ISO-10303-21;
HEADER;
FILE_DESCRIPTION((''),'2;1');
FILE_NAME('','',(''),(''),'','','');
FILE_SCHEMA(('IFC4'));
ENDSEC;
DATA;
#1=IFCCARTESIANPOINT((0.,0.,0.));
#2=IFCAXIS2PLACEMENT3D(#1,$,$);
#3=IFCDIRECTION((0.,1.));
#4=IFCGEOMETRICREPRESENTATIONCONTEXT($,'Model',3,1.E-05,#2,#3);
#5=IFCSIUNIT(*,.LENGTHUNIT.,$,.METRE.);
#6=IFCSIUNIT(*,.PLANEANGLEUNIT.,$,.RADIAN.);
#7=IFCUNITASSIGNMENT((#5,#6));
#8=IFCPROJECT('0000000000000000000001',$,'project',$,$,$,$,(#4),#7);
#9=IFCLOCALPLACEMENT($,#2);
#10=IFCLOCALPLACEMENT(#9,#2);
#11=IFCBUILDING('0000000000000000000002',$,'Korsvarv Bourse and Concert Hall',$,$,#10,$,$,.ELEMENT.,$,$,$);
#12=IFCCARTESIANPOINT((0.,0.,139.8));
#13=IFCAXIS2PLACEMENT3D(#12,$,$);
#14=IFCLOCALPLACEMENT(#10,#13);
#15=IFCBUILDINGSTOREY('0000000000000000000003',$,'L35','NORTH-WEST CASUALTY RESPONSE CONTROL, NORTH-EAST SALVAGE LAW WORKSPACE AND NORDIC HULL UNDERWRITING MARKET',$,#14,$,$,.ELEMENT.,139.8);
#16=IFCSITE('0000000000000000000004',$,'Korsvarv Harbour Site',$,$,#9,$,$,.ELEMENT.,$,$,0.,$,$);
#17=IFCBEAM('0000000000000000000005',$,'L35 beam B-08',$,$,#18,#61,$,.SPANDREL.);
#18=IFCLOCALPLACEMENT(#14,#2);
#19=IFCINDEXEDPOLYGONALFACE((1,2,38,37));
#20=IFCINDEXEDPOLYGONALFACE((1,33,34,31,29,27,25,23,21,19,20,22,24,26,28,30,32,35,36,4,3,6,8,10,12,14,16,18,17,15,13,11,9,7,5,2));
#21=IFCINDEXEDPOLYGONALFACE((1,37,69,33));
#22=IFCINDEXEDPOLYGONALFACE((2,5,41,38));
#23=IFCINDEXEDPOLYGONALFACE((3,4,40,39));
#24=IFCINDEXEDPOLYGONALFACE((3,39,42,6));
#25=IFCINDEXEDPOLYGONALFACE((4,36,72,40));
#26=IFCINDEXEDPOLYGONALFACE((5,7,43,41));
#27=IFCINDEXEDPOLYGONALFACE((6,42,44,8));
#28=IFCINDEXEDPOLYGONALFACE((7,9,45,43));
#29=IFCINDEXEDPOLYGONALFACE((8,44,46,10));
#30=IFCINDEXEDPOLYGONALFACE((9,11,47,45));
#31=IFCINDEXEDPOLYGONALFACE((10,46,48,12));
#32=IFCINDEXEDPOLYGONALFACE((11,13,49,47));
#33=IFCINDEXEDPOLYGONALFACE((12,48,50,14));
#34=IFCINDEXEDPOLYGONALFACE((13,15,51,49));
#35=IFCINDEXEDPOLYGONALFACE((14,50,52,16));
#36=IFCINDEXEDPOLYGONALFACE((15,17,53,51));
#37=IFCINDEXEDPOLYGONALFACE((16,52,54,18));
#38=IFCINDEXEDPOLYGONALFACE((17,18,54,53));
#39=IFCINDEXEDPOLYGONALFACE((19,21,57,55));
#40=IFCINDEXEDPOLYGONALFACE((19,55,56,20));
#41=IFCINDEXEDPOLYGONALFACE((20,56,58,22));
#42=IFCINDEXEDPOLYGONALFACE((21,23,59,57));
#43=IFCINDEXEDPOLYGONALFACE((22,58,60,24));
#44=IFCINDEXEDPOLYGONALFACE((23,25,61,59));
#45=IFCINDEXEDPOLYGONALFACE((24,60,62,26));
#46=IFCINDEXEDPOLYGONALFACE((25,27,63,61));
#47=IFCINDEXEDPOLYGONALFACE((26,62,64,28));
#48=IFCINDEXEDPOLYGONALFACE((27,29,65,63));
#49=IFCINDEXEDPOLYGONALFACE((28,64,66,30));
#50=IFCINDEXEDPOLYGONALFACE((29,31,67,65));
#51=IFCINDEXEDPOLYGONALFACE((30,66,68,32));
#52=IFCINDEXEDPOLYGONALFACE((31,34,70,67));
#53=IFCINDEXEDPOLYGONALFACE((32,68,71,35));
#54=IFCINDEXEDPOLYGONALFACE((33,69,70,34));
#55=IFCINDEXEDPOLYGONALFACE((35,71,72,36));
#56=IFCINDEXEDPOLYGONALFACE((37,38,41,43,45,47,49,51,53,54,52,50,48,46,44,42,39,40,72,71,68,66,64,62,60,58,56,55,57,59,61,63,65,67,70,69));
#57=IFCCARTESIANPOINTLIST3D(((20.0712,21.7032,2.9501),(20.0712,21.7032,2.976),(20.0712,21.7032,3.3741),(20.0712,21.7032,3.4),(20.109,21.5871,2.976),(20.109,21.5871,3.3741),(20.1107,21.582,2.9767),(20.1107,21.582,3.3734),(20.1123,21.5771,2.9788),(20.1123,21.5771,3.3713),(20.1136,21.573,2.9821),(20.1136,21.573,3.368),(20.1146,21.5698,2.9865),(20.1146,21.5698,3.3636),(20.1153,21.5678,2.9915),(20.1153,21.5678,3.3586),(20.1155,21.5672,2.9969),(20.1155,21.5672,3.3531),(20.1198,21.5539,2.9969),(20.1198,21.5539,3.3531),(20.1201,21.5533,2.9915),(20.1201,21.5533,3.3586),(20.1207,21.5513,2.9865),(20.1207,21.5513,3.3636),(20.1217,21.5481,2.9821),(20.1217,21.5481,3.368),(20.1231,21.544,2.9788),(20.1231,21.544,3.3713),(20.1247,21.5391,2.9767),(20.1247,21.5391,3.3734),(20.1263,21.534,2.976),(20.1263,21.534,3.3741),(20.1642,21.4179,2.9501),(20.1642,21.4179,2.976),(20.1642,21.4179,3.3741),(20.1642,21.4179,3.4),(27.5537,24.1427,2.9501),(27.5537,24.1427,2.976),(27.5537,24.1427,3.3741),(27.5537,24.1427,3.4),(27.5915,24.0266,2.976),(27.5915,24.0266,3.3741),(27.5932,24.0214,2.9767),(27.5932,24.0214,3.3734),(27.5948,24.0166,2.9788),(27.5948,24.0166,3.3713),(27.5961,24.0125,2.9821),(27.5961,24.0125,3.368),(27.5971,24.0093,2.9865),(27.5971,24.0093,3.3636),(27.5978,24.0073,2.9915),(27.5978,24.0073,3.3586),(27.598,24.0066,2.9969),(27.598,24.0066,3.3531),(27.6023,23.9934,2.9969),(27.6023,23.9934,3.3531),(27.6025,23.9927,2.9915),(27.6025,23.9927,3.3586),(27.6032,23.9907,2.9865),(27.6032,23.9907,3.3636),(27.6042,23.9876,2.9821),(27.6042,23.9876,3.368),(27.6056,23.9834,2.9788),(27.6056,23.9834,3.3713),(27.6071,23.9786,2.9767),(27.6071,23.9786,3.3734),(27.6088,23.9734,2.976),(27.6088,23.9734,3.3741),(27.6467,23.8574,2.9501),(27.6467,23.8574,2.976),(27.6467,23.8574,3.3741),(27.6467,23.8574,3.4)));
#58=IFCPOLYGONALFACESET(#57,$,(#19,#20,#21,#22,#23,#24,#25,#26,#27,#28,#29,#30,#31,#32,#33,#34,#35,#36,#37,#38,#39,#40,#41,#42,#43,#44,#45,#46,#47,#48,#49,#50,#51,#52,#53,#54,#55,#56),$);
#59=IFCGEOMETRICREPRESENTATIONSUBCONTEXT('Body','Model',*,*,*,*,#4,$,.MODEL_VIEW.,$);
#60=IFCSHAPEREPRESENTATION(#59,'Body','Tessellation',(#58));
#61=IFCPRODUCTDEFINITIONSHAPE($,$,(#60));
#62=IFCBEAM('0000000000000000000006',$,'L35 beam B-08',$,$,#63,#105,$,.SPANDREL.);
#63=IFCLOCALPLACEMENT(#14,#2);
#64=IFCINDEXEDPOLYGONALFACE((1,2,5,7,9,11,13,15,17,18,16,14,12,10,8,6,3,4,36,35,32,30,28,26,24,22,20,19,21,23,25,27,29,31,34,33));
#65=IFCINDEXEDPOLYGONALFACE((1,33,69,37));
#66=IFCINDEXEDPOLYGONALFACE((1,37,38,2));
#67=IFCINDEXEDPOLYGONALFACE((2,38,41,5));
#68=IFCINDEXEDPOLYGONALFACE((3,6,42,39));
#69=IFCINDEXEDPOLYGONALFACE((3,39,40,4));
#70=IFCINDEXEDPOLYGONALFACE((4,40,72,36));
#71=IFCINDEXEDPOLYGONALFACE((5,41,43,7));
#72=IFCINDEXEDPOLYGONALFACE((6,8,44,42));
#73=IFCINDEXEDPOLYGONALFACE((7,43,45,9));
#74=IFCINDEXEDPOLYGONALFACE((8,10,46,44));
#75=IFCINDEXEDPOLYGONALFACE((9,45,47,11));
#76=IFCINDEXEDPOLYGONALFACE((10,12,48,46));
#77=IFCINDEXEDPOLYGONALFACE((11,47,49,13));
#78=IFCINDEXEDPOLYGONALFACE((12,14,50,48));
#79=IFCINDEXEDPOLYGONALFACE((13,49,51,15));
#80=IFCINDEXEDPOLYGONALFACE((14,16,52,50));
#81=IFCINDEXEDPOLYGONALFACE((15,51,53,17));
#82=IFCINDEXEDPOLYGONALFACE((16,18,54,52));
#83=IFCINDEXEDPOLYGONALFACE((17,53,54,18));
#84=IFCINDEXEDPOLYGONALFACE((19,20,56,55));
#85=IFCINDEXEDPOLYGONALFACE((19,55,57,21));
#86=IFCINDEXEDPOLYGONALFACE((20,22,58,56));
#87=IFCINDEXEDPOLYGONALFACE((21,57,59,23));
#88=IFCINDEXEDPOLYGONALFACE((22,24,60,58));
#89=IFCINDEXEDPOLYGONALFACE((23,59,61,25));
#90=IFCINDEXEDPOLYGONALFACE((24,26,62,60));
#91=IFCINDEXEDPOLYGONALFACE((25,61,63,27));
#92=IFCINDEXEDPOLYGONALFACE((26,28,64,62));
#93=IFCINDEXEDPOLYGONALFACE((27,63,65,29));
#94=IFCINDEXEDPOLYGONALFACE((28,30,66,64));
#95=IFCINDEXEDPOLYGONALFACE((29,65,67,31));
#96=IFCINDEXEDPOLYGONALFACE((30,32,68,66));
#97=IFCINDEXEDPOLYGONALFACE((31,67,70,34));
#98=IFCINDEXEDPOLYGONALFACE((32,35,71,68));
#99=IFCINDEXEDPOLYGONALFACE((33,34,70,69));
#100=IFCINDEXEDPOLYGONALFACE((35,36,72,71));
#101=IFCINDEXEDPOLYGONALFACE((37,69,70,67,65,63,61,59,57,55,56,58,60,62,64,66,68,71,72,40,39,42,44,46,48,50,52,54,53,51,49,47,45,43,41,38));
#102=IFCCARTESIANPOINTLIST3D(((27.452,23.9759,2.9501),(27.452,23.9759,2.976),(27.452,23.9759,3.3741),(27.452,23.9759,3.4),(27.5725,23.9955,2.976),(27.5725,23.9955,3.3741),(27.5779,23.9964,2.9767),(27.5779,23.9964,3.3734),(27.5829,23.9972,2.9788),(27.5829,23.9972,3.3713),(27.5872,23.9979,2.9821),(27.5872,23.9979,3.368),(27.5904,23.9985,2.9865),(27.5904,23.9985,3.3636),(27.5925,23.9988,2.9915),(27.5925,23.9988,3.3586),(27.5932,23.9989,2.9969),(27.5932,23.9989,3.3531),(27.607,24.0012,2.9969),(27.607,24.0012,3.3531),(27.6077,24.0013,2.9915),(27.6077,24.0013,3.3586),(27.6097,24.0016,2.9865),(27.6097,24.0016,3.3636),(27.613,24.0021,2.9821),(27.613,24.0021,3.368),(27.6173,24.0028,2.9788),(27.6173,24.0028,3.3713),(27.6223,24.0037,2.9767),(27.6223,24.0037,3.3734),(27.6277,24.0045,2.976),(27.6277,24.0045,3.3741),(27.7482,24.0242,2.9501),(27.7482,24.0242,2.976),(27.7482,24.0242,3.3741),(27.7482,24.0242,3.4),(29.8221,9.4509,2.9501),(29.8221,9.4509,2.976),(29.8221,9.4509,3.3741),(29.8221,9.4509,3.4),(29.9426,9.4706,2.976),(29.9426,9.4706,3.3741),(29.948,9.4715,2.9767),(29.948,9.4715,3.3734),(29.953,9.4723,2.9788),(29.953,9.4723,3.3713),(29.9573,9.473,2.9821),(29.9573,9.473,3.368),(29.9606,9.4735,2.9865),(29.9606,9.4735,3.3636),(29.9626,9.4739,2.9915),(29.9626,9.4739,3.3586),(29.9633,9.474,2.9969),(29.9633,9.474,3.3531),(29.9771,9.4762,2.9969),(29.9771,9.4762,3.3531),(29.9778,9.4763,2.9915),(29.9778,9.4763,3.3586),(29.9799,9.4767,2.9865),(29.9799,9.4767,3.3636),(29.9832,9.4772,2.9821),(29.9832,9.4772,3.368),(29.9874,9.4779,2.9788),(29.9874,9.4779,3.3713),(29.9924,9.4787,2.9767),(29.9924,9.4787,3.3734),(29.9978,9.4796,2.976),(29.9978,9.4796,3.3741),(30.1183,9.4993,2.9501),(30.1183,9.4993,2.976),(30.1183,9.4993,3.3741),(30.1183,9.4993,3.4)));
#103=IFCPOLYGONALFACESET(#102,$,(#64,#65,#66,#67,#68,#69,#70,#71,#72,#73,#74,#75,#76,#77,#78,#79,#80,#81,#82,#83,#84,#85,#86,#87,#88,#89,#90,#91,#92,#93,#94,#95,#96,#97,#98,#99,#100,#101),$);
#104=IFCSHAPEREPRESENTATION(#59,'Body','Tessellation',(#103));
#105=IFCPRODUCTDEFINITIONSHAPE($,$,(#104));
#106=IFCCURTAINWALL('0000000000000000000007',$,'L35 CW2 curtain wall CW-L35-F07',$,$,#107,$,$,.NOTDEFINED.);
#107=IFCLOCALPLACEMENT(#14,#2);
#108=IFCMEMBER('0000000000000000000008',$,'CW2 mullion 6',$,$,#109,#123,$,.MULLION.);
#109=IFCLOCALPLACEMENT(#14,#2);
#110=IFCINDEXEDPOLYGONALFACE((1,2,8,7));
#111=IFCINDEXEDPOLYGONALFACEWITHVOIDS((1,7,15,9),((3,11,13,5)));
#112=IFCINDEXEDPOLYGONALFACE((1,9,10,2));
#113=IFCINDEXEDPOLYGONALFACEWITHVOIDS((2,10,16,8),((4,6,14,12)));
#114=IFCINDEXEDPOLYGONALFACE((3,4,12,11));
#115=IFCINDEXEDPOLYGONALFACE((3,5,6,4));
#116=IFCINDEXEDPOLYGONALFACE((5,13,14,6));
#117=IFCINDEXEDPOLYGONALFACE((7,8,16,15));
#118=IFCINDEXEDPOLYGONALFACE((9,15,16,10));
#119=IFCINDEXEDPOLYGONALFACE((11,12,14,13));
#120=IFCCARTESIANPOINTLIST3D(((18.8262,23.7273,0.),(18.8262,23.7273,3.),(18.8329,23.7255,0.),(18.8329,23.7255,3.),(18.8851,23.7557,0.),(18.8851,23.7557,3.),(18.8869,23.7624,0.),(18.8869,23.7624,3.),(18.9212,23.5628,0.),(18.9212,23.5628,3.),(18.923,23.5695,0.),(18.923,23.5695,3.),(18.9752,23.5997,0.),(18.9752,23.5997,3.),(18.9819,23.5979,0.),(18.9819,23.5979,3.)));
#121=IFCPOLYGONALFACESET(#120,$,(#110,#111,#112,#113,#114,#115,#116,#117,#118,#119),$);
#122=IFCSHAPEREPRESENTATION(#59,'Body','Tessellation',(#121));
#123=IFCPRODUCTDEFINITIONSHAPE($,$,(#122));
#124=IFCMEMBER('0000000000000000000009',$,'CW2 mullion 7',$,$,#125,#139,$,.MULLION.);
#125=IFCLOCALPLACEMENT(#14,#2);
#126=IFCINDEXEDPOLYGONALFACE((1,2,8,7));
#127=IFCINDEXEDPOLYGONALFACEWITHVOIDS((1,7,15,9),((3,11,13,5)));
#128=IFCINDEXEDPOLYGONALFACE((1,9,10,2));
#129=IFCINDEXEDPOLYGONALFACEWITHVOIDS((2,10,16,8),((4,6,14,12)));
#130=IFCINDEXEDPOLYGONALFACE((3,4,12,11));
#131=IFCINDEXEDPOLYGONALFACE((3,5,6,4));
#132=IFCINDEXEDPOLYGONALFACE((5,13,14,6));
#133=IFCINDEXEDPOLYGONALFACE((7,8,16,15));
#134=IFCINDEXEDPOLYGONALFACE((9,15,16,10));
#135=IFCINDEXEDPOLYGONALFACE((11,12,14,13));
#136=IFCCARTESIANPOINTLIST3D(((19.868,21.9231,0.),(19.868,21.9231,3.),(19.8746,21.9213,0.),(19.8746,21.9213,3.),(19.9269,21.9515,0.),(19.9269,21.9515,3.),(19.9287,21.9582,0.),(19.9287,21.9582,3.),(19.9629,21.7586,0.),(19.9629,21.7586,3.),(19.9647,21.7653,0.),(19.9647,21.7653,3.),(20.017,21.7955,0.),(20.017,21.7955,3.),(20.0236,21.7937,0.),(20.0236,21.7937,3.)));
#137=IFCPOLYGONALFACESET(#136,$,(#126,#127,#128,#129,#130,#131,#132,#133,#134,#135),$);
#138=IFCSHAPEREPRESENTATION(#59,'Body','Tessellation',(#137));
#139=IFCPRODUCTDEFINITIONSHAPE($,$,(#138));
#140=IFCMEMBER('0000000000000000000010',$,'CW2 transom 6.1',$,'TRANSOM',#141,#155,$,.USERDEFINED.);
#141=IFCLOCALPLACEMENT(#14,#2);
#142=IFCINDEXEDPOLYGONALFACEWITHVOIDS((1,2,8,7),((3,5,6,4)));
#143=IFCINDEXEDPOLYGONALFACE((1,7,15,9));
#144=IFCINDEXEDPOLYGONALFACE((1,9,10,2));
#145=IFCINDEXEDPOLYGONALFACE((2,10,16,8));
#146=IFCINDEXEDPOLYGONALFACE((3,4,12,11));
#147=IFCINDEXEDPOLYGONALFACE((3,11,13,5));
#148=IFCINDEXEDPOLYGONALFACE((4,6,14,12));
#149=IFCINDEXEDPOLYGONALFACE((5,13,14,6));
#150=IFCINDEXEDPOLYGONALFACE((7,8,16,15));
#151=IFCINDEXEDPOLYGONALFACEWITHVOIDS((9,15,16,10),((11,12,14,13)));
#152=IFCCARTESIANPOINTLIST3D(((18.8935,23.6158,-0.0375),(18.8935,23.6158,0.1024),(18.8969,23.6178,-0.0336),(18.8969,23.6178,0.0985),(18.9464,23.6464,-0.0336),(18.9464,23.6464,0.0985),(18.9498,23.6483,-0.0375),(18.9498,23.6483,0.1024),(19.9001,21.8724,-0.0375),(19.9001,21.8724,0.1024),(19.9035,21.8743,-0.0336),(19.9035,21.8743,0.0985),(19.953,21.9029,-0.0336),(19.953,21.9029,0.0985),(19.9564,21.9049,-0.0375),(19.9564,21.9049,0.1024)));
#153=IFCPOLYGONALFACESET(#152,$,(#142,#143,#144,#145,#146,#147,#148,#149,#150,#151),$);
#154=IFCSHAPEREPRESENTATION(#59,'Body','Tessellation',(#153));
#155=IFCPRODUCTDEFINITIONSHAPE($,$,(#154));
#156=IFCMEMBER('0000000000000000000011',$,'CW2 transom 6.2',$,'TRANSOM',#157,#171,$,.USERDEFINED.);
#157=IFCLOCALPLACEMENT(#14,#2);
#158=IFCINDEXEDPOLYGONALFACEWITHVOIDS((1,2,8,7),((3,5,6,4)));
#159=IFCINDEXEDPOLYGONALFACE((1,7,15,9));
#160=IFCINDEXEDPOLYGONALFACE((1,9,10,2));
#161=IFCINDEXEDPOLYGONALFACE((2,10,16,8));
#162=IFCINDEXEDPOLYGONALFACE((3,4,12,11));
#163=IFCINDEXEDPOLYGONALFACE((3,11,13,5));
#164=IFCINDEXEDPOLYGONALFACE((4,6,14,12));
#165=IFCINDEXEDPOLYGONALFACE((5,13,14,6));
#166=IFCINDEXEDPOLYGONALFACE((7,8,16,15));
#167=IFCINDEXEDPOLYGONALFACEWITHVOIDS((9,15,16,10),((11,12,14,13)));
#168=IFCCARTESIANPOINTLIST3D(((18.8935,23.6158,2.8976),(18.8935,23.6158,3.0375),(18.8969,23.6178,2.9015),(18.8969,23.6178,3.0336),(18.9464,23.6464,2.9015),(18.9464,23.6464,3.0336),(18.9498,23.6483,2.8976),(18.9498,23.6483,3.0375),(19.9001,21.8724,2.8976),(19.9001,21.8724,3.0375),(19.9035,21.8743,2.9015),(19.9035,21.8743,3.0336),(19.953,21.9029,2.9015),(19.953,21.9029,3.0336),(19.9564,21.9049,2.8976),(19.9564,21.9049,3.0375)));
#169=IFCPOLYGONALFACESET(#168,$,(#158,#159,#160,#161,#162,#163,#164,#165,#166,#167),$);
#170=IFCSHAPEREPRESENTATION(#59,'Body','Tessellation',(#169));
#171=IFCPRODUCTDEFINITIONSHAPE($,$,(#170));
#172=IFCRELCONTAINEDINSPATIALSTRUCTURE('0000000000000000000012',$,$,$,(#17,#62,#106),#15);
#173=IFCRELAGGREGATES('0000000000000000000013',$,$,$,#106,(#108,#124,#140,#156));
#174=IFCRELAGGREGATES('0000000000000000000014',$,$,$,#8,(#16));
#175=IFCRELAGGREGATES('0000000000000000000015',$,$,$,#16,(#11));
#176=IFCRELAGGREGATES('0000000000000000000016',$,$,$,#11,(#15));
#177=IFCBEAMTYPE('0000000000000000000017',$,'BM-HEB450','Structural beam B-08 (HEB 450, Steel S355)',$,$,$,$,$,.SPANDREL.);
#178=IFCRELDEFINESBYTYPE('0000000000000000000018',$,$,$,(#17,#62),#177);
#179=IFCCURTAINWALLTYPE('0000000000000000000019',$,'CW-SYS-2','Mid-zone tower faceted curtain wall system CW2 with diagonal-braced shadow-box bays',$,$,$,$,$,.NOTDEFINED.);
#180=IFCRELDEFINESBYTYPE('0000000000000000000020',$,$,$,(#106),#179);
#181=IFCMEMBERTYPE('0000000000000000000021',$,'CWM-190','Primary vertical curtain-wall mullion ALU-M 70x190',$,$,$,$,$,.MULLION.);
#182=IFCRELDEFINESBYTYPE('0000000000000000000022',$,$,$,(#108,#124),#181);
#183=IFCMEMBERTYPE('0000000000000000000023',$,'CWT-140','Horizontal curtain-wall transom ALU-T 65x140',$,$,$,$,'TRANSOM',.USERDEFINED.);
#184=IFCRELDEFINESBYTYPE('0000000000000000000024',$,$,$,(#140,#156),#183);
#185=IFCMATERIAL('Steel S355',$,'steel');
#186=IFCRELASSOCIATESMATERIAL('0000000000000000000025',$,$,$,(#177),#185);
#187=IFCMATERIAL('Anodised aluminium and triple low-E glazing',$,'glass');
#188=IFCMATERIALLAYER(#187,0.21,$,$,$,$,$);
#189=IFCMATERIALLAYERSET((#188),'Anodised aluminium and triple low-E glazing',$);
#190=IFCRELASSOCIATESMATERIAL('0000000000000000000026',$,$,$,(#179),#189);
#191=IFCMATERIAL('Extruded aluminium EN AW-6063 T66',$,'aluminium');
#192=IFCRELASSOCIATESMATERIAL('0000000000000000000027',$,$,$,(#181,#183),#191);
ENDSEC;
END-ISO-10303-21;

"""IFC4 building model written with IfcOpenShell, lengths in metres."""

from ifc_helpers import new_model, si_unit, direction, frame, origin, origin_2d, place, context, subcontext, project, spatial, hollow_rectangle, i_section, extrude, source, transform, mapped, material, layer, layer_set, material_profile, profile_set, type_object, element, aggregate, save


model = new_model("IFC4")

# Units and contexts
model_context = context("Model", 3, precision=1e-05, world=origin(), true_north=direction((0.0, 1.0)))
body_context = subcontext(model_context, "Body", "Model", "MODEL_VIEW")
ifc_project = project(units=[si_unit("LENGTHUNIT", "METRE"), si_unit("PLANEANGLEUNIT", "RADIAN")], contexts=[model_context])

# Site, building, storey
site_placement = place(None, origin())
site = spatial("IfcSite", under=ifc_project, at=site_placement, Name="Korsvarv Harbour Site", CompositionType="ELEMENT", RefElevation=0.0)
building_placement = place(site_placement, origin())
building = spatial("IfcBuilding", under=site, at=building_placement, Name="Korsvarv Bourse and Concert Hall", CompositionType="ELEMENT")
storey_placement = place(building_placement, frame((0.0, 0.0, 139.8)))
storey = spatial("IfcBuildingStorey", under=building, at=storey_placement, Name="L35", Description="NORTH-WEST CASUALTY RESPONSE CONTROL, NORTH-EAST SALVAGE LAW WORKSPACE AND NORDIC HULL UNDERWRITING MARKET", CompositionType="ELEMENT", Elevation=139.8)

# Shared definitions
ifc_material_1 = material(Name="Steel S355", Category="steel")

# Beams
ifc_material_profile_1 = material_profile(ifc_material_1, i_section(OverallWidth=0.3, OverallDepth=0.45, WebThickness=0.0139, FlangeThickness=0.0259, FilletRadius=0.021, at=origin_2d()), Name="HEB 450")
ifc_profile_set_1 = profile_set([ifc_material_profile_1], Name="Steel S355")
beam_type_1 = type_object("IfcBeamType", Name="BM-HEB450", Description="Structural beam B-08 (HEB 450, Steel S355)", PredefinedType="SPANDREL", material=ifc_profile_set_1)
shared_shape_1 = source(origin(), body_context, "Body", "SweptSolid", [
    extrude(i_section(OverallWidth=0.3, OverallDepth=0.45, WebThickness=0.0139, FlangeThickness=0.0259, FilletRadius=0.021, at=origin_2d()), origin(), (0.0, 0.0, 1.0), 7.8701),
])
beam_1_placement = place(storey_placement, frame((20.1177, 21.5605, 3.175), z_axis=(0.950747, 0.309967, 0.0), x_axis=(-0.309967, 0.950747, 0.0)))
element("IfcBeam", 1, at=beam_1_placement, inside=storey, type_object=beam_type_1, Name="L35 beam B-08", PredefinedType="SPANDREL", context=body_context, shape_type="MappedRepresentation", body=[
    mapped(shared_shape_1, transform((0.0, 0.0, 0.0), scale=1.0)),
])
shared_shape_2 = source(origin(), body_context, "Body", "SweptSolid", [
    extrude(i_section(OverallWidth=0.3, OverallDepth=0.45, WebThickness=0.0139, FlangeThickness=0.0259, FilletRadius=0.021, at=origin_2d()), origin(), (0.0, 0.0, 1.0), 14.717),
])
beam_2_placement = place(storey_placement, frame((29.9702, 9.4751, 3.175), z_axis=(-0.161046, 0.986947, 0.0), x_axis=(-0.986947, -0.161046, 0.0)))
element("IfcBeam", 2, at=beam_2_placement, inside=storey, type_object=beam_type_1, Name="L35 beam B-08", PredefinedType="SPANDREL", context=body_context, shape_type="MappedRepresentation", body=[
    mapped(shared_shape_2, transform((0.0, 0.0, 0.0), scale=1.0)),
])

# Curtain wall, members
ifc_material_2 = material(Name="Anodised aluminium and triple low-E glazing", Category="glass")
ifc_layer_1 = layer(ifc_material_2, 0.21)
ifc_layer_set_1 = layer_set([ifc_layer_1], Name="Anodised aluminium and triple low-E glazing")
curtain_wall_type = type_object("IfcCurtainWallType", Name="CW-SYS-2", Description="Mid-zone tower faceted curtain wall system CW2 with diagonal-braced shadow-box bays", PredefinedType="NOTDEFINED", material=ifc_layer_set_1)
curtain_wall_placement = place(storey_placement, origin())
curtain_wall = element("IfcCurtainWall", 3, at=curtain_wall_placement, inside=storey, type_object=curtain_wall_type, Name="L35 CW2 curtain wall CW-L35-F07", PredefinedType="NOTDEFINED")
ifc_material_3 = material(Name="Extruded aluminium EN AW-6063 T66", Category="aluminium")
ifc_material_profile_2 = material_profile(ifc_material_3, hollow_rectangle(XDim=0.0701, YDim=0.1899, WallThickness=0.0049, at=origin_2d()), Name="ALU-M 70x190")
ifc_profile_set_2 = profile_set([ifc_material_profile_2], Name="Extruded aluminium EN AW-6063 T66")
member_type_1 = type_object("IfcMemberType", Name="CWM-190", Description="Primary vertical curtain-wall mullion ALU-M 70x190", PredefinedType="MULLION", material=ifc_profile_set_2)
shared_shape_3 = source(origin(), body_context, "Body", "SweptSolid", [
    extrude(hollow_rectangle(XDim=0.0701, YDim=0.1899, WallThickness=0.0049, at=origin_2d()), origin(), (0.0, 0.0, 1.0), 3.0),
])
member_1_placement = place(storey_placement, frame((18.9041, 23.6626, 0.0), z_axis=(0.0, 0.0, 1.0), x_axis=(0.866025, 0.5, 0.0)))
member_1 = element("IfcMember", 4, at=member_1_placement, type_object=member_type_1, Name="CW2 mullion 6", PredefinedType="MULLION", context=body_context, shape_type="MappedRepresentation", body=[
    mapped(shared_shape_3, transform((0.0, 0.0, 0.0), scale=1.0)),
])
member_2_placement = place(storey_placement, frame((19.9458, 21.8584, 0.0), z_axis=(0.0, 0.0, 1.0), x_axis=(0.866025, 0.5, 0.0)))
member_2 = element("IfcMember", 5, at=member_2_placement, type_object=member_type_1, Name="CW2 mullion 7", PredefinedType="MULLION", context=body_context, shape_type="MappedRepresentation", body=[
    mapped(shared_shape_3, transform((0.0, 0.0, 0.0), scale=1.0)),
])
ifc_material_profile_3 = material_profile(ifc_material_3, hollow_rectangle(XDim=0.0649, YDim=0.1399, WallThickness=0.0039, at=origin_2d()), Name="ALU-T 65x140")
ifc_profile_set_3 = profile_set([ifc_material_profile_3], Name="Extruded aluminium EN AW-6063 T66")
member_type_2 = type_object("IfcMemberType", Name="CWT-140", Description="Horizontal curtain-wall transom ALU-T 65x140", ElementType="TRANSOM", PredefinedType="USERDEFINED", material=ifc_profile_set_3)
shared_shape_4 = source(origin(), body_context, "Body", "SweptSolid", [
    extrude(hollow_rectangle(XDim=0.0649, YDim=0.1399, WallThickness=0.0039, at=origin_2d()), origin(), (0.0, 0.0, 1.0), 2.0132),
])
member_3_placement = place(storey_placement, frame((18.9216, 23.6321, 0.0325), z_axis=(0.500013, -0.866018, 0.0), x_axis=(0.866018, 0.500013, 0.0)))
member_3 = element("IfcMember", 6, at=member_3_placement, type_object=member_type_2, Name="CW2 transom 6.1", ObjectType="TRANSOM", PredefinedType="USERDEFINED", context=body_context, shape_type="MappedRepresentation", body=[
    mapped(shared_shape_4, transform((0.0, 0.0, 0.0), scale=1.0)),
])
member_4_placement = place(storey_placement, frame((18.9216, 23.6321, 2.9675), z_axis=(0.500013, -0.866018, 0.0), x_axis=(0.866018, 0.500013, 0.0)))
member_4 = element("IfcMember", 7, at=member_4_placement, type_object=member_type_2, Name="CW2 transom 6.2", ObjectType="TRANSOM", PredefinedType="USERDEFINED", context=body_context, shape_type="MappedRepresentation", body=[
    mapped(shared_shape_4, transform((0.0, 0.0, 0.0), scale=1.0)),
])

aggregate(curtain_wall, [member_1, member_2, member_3, member_4])

save(model, "model.ifc")
